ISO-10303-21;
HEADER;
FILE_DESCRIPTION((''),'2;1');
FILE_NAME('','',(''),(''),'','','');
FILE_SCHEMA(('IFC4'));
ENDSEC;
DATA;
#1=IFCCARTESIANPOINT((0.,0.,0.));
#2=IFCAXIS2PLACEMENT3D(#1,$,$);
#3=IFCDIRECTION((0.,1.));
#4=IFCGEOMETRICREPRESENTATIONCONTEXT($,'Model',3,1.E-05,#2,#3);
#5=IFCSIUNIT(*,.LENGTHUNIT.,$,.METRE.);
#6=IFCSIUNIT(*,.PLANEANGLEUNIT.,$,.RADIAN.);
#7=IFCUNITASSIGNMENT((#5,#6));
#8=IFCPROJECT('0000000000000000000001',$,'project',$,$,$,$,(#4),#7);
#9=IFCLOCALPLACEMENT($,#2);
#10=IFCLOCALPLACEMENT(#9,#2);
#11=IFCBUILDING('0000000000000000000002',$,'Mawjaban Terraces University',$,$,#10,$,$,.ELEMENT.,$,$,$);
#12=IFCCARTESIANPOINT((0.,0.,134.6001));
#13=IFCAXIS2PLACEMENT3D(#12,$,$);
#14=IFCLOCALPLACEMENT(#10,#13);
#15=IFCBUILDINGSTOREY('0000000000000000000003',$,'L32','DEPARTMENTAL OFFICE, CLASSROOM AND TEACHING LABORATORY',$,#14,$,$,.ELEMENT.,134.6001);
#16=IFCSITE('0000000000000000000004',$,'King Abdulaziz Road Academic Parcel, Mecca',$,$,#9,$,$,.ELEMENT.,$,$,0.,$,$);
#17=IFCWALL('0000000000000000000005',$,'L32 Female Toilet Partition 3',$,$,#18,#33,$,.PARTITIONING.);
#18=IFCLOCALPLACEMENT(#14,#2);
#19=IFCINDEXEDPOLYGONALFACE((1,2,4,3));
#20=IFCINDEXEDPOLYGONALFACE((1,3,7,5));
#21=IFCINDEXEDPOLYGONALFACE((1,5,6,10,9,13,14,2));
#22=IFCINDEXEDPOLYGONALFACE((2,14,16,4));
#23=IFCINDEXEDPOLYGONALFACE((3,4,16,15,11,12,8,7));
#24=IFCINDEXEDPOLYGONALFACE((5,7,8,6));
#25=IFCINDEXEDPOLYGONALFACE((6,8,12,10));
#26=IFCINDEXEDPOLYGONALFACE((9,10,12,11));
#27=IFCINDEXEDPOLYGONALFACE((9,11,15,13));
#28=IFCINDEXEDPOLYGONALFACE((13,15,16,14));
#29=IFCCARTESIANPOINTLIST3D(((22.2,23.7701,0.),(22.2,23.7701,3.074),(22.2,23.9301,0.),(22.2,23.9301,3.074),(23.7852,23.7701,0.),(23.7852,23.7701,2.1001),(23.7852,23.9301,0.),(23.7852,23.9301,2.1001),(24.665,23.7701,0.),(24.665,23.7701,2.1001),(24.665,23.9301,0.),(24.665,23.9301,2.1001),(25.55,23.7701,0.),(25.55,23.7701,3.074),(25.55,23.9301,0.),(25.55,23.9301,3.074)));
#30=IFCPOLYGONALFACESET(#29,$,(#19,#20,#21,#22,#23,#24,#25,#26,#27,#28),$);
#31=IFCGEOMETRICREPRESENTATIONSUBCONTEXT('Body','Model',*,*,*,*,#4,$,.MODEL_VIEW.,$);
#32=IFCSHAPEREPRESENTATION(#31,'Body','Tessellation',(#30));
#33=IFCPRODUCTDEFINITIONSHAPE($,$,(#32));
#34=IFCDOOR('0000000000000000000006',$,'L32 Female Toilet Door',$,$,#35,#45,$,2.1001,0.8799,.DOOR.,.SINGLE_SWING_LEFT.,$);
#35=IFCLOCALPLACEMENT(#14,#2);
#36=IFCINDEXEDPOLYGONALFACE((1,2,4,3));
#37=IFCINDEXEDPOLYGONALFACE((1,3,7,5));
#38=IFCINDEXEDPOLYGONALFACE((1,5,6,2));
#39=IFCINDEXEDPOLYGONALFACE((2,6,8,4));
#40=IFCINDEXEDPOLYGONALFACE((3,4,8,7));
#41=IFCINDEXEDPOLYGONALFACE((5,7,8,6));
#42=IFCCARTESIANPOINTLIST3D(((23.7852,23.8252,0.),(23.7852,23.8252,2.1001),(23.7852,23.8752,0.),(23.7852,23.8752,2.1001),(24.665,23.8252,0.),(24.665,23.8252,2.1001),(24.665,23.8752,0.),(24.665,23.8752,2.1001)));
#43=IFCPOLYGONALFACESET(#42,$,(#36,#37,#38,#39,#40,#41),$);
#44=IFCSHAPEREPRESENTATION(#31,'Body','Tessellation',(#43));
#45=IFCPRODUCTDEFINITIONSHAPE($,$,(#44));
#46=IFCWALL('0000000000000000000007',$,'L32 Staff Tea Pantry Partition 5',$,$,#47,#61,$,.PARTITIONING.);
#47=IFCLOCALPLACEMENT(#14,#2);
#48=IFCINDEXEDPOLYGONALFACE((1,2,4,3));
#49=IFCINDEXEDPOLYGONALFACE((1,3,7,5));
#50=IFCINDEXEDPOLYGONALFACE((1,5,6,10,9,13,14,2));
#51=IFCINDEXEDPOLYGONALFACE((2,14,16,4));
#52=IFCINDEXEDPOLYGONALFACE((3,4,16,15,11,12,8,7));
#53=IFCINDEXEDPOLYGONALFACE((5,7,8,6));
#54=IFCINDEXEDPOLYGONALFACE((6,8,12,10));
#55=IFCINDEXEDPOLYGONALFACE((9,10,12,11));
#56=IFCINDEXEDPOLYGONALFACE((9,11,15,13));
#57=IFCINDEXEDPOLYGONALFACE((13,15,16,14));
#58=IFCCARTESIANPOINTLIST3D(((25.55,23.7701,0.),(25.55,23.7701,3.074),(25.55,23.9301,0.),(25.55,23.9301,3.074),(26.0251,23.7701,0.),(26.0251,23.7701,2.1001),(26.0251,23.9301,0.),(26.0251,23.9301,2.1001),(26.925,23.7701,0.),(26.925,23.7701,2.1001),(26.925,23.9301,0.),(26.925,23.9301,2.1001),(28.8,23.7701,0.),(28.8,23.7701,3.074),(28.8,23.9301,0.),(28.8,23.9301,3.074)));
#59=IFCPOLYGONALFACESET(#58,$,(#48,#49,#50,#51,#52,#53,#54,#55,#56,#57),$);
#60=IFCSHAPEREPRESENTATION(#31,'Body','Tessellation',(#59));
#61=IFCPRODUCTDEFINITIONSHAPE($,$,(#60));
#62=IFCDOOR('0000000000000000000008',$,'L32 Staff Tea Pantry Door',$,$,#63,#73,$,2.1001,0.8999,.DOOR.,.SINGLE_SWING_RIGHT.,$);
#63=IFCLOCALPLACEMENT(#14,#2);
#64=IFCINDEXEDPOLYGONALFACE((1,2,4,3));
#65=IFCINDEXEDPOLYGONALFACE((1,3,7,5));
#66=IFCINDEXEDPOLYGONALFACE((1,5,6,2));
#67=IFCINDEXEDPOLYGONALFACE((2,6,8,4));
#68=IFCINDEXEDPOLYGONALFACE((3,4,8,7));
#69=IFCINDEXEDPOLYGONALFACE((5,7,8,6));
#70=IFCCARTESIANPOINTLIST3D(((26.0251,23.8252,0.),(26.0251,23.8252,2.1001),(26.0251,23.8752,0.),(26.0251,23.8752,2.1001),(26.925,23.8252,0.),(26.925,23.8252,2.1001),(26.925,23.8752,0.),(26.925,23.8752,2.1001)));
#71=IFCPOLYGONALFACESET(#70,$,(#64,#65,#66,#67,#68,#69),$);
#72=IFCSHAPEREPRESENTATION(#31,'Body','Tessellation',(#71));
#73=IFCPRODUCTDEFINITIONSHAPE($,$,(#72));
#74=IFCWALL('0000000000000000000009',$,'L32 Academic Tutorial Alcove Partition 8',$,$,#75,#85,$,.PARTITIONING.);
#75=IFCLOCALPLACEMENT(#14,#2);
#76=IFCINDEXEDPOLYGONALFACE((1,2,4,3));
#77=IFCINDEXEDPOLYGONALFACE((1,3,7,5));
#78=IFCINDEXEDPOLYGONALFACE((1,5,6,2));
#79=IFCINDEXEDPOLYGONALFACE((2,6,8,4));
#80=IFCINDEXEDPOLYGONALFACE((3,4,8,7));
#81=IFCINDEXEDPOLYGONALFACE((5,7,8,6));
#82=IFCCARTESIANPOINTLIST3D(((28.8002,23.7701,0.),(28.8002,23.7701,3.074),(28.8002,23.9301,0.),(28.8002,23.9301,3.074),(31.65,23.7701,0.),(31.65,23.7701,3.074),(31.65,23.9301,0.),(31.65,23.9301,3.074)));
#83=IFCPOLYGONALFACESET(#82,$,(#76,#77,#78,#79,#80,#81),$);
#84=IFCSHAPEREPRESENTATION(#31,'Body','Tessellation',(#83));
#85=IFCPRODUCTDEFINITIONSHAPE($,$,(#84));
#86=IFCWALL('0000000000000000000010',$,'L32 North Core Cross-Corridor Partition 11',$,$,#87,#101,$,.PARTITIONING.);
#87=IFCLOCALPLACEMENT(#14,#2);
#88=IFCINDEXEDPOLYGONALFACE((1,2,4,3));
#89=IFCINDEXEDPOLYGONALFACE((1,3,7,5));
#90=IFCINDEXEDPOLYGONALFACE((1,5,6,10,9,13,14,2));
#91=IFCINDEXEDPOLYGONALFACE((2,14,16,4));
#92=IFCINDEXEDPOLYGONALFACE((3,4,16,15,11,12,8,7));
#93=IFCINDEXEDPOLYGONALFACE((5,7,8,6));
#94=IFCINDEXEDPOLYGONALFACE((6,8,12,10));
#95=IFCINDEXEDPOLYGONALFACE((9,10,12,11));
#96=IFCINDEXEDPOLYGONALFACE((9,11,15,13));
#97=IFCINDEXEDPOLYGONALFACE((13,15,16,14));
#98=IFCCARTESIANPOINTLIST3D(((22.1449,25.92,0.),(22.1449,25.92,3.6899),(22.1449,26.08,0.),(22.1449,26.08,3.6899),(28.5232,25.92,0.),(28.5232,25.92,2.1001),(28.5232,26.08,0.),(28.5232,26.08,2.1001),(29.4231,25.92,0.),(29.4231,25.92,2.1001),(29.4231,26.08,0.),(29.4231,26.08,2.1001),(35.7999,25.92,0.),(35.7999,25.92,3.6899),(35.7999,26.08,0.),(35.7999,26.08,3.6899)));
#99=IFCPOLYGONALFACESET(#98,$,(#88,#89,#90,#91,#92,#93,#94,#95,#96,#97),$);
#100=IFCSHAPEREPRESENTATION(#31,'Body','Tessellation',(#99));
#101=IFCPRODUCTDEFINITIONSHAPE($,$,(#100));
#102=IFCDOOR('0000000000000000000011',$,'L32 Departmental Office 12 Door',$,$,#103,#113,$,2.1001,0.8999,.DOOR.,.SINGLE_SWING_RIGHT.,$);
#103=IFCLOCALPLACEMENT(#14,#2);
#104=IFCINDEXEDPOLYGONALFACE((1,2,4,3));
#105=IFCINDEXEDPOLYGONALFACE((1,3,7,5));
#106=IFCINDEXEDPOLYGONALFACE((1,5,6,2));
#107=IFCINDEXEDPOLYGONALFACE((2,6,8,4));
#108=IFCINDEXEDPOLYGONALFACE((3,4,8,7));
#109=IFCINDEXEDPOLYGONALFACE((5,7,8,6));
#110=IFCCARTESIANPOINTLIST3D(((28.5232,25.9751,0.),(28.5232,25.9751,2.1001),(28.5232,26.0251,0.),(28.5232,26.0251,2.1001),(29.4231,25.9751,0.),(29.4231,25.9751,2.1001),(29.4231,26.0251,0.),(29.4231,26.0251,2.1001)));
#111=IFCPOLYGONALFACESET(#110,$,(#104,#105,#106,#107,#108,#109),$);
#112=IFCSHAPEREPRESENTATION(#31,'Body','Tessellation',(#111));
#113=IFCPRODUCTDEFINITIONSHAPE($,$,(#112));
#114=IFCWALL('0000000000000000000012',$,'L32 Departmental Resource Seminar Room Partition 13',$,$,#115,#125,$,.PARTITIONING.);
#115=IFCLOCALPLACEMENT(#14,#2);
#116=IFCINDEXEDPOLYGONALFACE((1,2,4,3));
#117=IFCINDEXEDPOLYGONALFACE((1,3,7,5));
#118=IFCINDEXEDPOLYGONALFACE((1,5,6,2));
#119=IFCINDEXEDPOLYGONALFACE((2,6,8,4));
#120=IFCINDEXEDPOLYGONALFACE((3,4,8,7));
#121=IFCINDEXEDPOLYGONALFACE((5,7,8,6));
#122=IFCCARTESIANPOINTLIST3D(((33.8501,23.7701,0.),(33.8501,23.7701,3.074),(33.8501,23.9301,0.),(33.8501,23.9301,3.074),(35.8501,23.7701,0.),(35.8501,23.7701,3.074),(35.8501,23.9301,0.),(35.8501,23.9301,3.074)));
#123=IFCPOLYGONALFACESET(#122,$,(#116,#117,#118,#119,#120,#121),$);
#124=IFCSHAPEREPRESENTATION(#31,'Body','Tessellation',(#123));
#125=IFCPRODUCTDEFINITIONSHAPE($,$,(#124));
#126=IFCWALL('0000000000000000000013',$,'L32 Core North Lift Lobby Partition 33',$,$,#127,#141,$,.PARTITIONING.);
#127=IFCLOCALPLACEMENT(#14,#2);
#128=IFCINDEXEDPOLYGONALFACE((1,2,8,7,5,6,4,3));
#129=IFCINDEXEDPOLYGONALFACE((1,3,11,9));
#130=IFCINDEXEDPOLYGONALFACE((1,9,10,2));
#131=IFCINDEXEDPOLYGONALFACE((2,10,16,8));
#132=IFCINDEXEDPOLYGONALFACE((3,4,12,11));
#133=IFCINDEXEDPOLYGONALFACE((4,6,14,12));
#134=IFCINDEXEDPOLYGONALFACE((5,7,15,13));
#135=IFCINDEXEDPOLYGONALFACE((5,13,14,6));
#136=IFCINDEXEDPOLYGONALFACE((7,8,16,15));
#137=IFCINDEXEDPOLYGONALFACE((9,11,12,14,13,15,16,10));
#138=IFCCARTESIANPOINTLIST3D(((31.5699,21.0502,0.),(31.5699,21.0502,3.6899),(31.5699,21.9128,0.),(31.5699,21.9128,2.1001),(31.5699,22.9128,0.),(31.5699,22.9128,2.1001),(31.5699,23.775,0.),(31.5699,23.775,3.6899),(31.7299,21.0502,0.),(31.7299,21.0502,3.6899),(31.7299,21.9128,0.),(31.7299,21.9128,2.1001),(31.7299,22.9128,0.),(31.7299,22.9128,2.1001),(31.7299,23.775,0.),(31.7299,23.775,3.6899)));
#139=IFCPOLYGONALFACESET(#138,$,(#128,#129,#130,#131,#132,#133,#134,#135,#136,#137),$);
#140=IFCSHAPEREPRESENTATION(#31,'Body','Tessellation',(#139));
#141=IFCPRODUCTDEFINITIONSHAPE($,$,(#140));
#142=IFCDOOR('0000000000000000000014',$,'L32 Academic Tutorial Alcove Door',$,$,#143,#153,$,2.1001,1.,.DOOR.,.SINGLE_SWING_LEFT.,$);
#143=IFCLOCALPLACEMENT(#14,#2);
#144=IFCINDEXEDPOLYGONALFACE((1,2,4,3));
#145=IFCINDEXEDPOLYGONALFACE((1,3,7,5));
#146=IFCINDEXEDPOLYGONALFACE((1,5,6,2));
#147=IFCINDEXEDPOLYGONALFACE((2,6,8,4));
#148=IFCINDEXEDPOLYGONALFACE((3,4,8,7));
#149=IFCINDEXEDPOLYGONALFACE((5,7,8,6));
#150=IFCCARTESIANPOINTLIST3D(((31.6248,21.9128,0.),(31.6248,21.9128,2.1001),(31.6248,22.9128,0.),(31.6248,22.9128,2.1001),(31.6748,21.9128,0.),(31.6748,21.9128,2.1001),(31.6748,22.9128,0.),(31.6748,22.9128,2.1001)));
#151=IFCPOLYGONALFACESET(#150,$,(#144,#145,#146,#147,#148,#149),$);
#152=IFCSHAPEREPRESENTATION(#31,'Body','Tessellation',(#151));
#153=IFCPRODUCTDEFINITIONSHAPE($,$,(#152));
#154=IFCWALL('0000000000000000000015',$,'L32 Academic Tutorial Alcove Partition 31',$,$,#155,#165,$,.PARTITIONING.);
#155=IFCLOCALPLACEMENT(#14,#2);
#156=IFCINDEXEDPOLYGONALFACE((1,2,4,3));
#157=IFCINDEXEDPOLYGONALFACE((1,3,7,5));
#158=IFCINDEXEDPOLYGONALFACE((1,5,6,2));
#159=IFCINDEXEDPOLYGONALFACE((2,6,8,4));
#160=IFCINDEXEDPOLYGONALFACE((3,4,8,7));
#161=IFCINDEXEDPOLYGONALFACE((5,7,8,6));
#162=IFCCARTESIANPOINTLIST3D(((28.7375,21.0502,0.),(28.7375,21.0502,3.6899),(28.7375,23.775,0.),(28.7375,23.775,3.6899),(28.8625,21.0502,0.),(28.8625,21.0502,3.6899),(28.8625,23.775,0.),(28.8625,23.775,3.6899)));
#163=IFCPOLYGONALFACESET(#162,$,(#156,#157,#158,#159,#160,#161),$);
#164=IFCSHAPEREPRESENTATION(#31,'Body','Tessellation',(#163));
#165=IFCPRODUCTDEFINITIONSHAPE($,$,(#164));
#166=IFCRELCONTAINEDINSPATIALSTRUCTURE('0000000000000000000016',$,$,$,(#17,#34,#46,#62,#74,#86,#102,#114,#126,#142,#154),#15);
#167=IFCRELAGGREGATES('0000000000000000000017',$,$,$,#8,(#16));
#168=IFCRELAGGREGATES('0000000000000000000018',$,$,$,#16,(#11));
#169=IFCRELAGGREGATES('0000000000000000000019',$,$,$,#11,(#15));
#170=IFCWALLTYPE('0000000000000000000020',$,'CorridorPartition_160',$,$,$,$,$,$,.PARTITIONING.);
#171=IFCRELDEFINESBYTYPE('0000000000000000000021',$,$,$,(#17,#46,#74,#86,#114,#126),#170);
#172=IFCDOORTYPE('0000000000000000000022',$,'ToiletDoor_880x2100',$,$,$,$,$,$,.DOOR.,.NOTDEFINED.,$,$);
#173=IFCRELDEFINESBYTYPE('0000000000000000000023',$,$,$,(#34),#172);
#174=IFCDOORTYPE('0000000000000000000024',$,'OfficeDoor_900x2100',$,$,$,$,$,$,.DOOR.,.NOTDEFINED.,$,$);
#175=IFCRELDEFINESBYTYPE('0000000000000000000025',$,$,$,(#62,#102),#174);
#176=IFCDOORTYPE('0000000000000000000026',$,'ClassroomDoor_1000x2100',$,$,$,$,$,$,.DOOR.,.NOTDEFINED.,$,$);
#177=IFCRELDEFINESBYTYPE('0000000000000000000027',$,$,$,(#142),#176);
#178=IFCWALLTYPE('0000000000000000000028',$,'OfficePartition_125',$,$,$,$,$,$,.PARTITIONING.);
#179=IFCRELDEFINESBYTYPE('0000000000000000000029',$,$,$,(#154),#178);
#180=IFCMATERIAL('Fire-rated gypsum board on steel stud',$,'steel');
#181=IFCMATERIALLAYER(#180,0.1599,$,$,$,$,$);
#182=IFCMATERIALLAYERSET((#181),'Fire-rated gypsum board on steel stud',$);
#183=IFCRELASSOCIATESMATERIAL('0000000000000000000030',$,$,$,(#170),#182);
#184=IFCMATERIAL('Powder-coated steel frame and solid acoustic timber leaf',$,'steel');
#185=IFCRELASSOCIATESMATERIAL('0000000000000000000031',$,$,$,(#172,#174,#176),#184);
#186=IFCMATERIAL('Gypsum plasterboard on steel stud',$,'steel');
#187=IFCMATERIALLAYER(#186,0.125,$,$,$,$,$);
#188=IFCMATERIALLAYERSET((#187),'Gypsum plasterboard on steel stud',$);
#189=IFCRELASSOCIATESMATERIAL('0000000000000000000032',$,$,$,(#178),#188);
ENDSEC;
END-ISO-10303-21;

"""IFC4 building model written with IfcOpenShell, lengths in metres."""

from ifc_helpers import new_model, si_unit, direction, frame, frame_2d, origin, place, context, subcontext, project, spatial, rectangle, extrude, material, layer, layer_set, type_object, element, fill, save


model = new_model("IFC4")

# Units and contexts
model_context = context("Model", 3, precision=1e-05, world=origin(), true_north=direction((0.0, 1.0)))
body_context = subcontext(model_context, "Body", "Model", "MODEL_VIEW")
ifc_project = project(units=[si_unit("LENGTHUNIT", "METRE"), si_unit("PLANEANGLEUNIT", "RADIAN")], contexts=[model_context])

# Site, building, storey
site_placement = place(None, origin())
site = spatial("IfcSite", under=ifc_project, at=site_placement, Name="King Abdulaziz Road Academic Parcel, Mecca", CompositionType="ELEMENT", RefElevation=0.0)
building_placement = place(site_placement, origin())
building = spatial("IfcBuilding", under=site, at=building_placement, Name="Mawjaban Terraces University", CompositionType="ELEMENT")
storey_placement = place(building_placement, frame((0.0, 0.0, 134.6001)))
storey = spatial("IfcBuildingStorey", under=building, at=storey_placement, Name="L32", Description="DEPARTMENTAL OFFICE, CLASSROOM AND TEACHING LABORATORY", CompositionType="ELEMENT", Elevation=134.6001)

# Walls, openings, doors
ifc_material_1 = material(Name="Fire-rated gypsum board on steel stud", Category="steel")
ifc_layer_1 = layer(ifc_material_1, 0.1599)
ifc_layer_set_1 = layer_set([ifc_layer_1], Name="Fire-rated gypsum board on steel stud")
wall_type_1 = type_object("IfcWallType", Name="CorridorPartition_160", PredefinedType="PARTITIONING", material=ifc_layer_set_1)
wall_1_placement = place(storey_placement, frame((25.55, 23.8501, 0.0), z_axis=(0.0, 0.0, 1.0), x_axis=(-1.0, 0.0, 0.0)))
wall_1 = element("IfcWall", 1, at=wall_1_placement, inside=storey, type_object=wall_type_1, Name="L32 Female Toilet Partition 3", PredefinedType="PARTITIONING", context=body_context, shape_type="SweptSolid", body=[
    extrude(rectangle(XDim=3.3501, YDim=0.1599, at=frame_2d((1.675, 0.0))), origin(), (0.0, 0.0, 1.0), 3.074),
])
opening_1_placement = place(wall_1_placement, frame((0.885, 0.0, 0.0)))
opening_1 = element("IfcOpeningElement", 2, at=opening_1_placement, cuts=wall_1, PredefinedType="OPENING", context=body_context, shape_type="SweptSolid", body=[
    extrude(rectangle(XDim=0.8799, YDim=2.1001, at=frame_2d((0.4399, 1.05))), frame((0.0, 0.0898, 0.0), z_axis=(0.0, -1.0, 0.0), x_axis=(1.0, 0.0, 0.0)), (0.0, 0.0, 1.0), 0.1799),
])
ifc_material_2 = material(Name="Powder-coated steel frame and solid acoustic timber leaf", Category="steel")
door_type_1 = type_object("IfcDoorType", Name="ToiletDoor_880x2100", OperationType="NOTDEFINED", PredefinedType="DOOR", material=ifc_material_2)
door_1_placement = place(opening_1_placement, origin())
door_1 = element("IfcDoor", 3, at=door_1_placement, inside=storey, type_object=door_type_1, Name="L32 Female Toilet Door", OperationType="SINGLE_SWING_LEFT", OverallHeight=2.1001, OverallWidth=0.8799, PredefinedType="DOOR", context=body_context, shape_type="SweptSolid", body=[
    extrude(rectangle(XDim=0.8799, YDim=2.1001, at=frame_2d((0.4399, 1.05))), frame((0.0, 0.0249, 0.0), z_axis=(0.0, -1.0, 0.0), x_axis=(1.0, 0.0, 0.0)), (0.0, 0.0, 1.0), 0.05),
])
fill(opening_1, door_1)
wall_2_placement = place(storey_placement, frame((28.8, 23.8501, 0.0), z_axis=(0.0, 0.0, 1.0), x_axis=(-1.0, 0.0, 0.0)))
wall_2 = element("IfcWall", 4, at=wall_2_placement, inside=storey, type_object=wall_type_1, Name="L32 Staff Tea Pantry Partition 5", PredefinedType="PARTITIONING", context=body_context, shape_type="SweptSolid", body=[
    extrude(rectangle(XDim=3.25, YDim=0.1599, at=frame_2d((1.625, 0.0))), origin(), (0.0, 0.0, 1.0), 3.074),
])
opening_2_placement = place(wall_2_placement, frame((1.875, 0.0, 0.0)))
opening_2 = element("IfcOpeningElement", 5, at=opening_2_placement, cuts=wall_2, PredefinedType="OPENING", context=body_context, shape_type="SweptSolid", body=[
    extrude(rectangle(XDim=0.8999, YDim=2.1001, at=frame_2d((0.45, 1.05))), frame((0.0, 0.0898, 0.0), z_axis=(0.0, -1.0, 0.0), x_axis=(1.0, 0.0, 0.0)), (0.0, 0.0, 1.0), 0.1799),
])
door_type_2 = type_object("IfcDoorType", Name="OfficeDoor_900x2100", OperationType="NOTDEFINED", PredefinedType="DOOR", material=ifc_material_2)
door_2_placement = place(opening_2_placement, origin())
door_2 = element("IfcDoor", 6, at=door_2_placement, inside=storey, type_object=door_type_2, Name="L32 Staff Tea Pantry Door", OperationType="SINGLE_SWING_RIGHT", OverallHeight=2.1001, OverallWidth=0.8999, PredefinedType="DOOR", context=body_context, shape_type="SweptSolid", body=[
    extrude(rectangle(XDim=0.8999, YDim=2.1001, at=frame_2d((0.45, 1.05))), frame((0.0, 0.0249, 0.0), z_axis=(0.0, -1.0, 0.0), x_axis=(1.0, 0.0, 0.0)), (0.0, 0.0, 1.0), 0.05),
])
fill(opening_2, door_2)

# Wall
wall_3_placement = place(storey_placement, frame((31.6499, 23.8501, 0.0), z_axis=(0.0, 0.0, 1.0), x_axis=(-1.0, 0.0, 0.0)))
element("IfcWall", 7, at=wall_3_placement, inside=storey, type_object=wall_type_1, Name="L32 Academic Tutorial Alcove Partition 8", PredefinedType="PARTITIONING", context=body_context, shape_type="SweptSolid", body=[
    extrude(rectangle(XDim=2.8499, YDim=0.1599, at=frame_2d((1.4248, 0.0))), origin(), (0.0, 0.0, 1.0), 3.074),
])

# Wall, opening, door
wall_4_placement = place(storey_placement, frame((35.8, 26.0, 0.0), z_axis=(0.0, 0.0, 1.0), x_axis=(-1.0, 0.0, 0.0)))
wall_4 = element("IfcWall", 8, at=wall_4_placement, inside=storey, type_object=wall_type_1, Name="L32 North Core Cross-Corridor Partition 11", PredefinedType="PARTITIONING", context=body_context, shape_type="SweptSolid", body=[
    extrude(rectangle(XDim=13.655, YDim=0.1599, at=frame_2d((6.8276, 0.0))), origin(), (0.0, 0.0, 1.0), 3.6899),
])
opening_3_placement = place(wall_4_placement, frame((6.377, 0.0, 0.0)))
opening_3 = element("IfcOpeningElement", 9, at=opening_3_placement, cuts=wall_4, PredefinedType="OPENING", context=body_context, shape_type="SweptSolid", body=[
    extrude(rectangle(XDim=0.8999, YDim=2.1001, at=frame_2d((0.45, 1.05))), frame((0.0, 0.0898, 0.0), z_axis=(0.0, -1.0, 0.0), x_axis=(1.0, 0.0, 0.0)), (0.0, 0.0, 1.0), 0.1799),
])
door_3_placement = place(opening_3_placement, origin())
door_3 = element("IfcDoor", 10, at=door_3_placement, inside=storey, type_object=door_type_2, Name="L32 Departmental Office 12 Door", OperationType="SINGLE_SWING_RIGHT", OverallHeight=2.1001, OverallWidth=0.8999, PredefinedType="DOOR", context=body_context, shape_type="SweptSolid", body=[
    extrude(rectangle(XDim=0.8999, YDim=2.1001, at=frame_2d((0.45, 1.05))), frame((0.0, 0.0249, 0.0), z_axis=(0.0, -1.0, 0.0), x_axis=(1.0, 0.0, 0.0)), (0.0, 0.0, 1.0), 0.05),
])
fill(opening_3, door_3)

# Wall
wall_5_placement = place(storey_placement, frame((35.8501, 23.8501, 0.0), z_axis=(0.0, 0.0, 1.0), x_axis=(-1.0, 0.0, 0.0)))
element("IfcWall", 11, at=wall_5_placement, inside=storey, type_object=wall_type_1, Name="L32 Departmental Resource Seminar Room Partition 13", PredefinedType="PARTITIONING", context=body_context, shape_type="SweptSolid", body=[
    extrude(rectangle(XDim=2.0, YDim=0.1599, at=frame_2d((1.0, 0.0))), origin(), (0.0, 0.0, 1.0), 3.074),
])

# Wall, opening, door
wall_6_placement = place(storey_placement, frame((31.6499, 23.7749, 0.0), z_axis=(0.0, 0.0, 1.0), x_axis=(0.0, -1.0, 0.0)))
wall_6 = element("IfcWall", 12, at=wall_6_placement, inside=storey, type_object=wall_type_1, Name="L32 Core North Lift Lobby Partition 33", PredefinedType="PARTITIONING", context=body_context, shape_type="SweptSolid", body=[
    extrude(rectangle(XDim=2.7249, YDim=0.1599, at=frame_2d((1.3623, 0.0))), origin(), (0.0, 0.0, 1.0), 3.6899),
])
opening_4_placement = place(wall_6_placement, frame((0.8621, 0.0, 0.0)))
opening_4 = element("IfcOpeningElement", 13, at=opening_4_placement, cuts=wall_6, PredefinedType="OPENING", context=body_context, shape_type="SweptSolid", body=[
    extrude(rectangle(XDim=1.0, YDim=2.1001, at=frame_2d((0.5, 1.05))), frame((0.0, 0.0898, 0.0), z_axis=(0.0, -1.0, 0.0), x_axis=(1.0, 0.0, 0.0)), (0.0, 0.0, 1.0), 0.1799),
])
door_type_3 = type_object("IfcDoorType", Name="ClassroomDoor_1000x2100", OperationType="NOTDEFINED", PredefinedType="DOOR", material=ifc_material_2)
door_4_placement = place(opening_4_placement, origin())
door_4 = element("IfcDoor", 14, at=door_4_placement, inside=storey, type_object=door_type_3, Name="L32 Academic Tutorial Alcove Door", OperationType="SINGLE_SWING_LEFT", OverallHeight=2.1001, OverallWidth=1.0, PredefinedType="DOOR", context=body_context, shape_type="SweptSolid", body=[
    extrude(rectangle(XDim=1.0, YDim=2.1001, at=frame_2d((0.5, 1.05))), frame((0.0, 0.0249, 0.0), z_axis=(0.0, -1.0, 0.0), x_axis=(1.0, 0.0, 0.0)), (0.0, 0.0, 1.0), 0.05),
])
fill(opening_4, door_4)

# Wall
ifc_material_3 = material(Name="Gypsum plasterboard on steel stud", Category="steel")
ifc_layer_2 = layer(ifc_material_3, 0.125)
ifc_layer_set_2 = layer_set([ifc_layer_2], Name="Gypsum plasterboard on steel stud")
wall_type_2 = type_object("IfcWallType", Name="OfficePartition_125", PredefinedType="PARTITIONING", material=ifc_layer_set_2)
wall_7_placement = place(storey_placement, frame((28.8, 23.7749, 0.0), z_axis=(0.0, 0.0, 1.0), x_axis=(0.0, -1.0, 0.0)))
element("IfcWall", 15, at=wall_7_placement, inside=storey, type_object=wall_type_2, Name="L32 Academic Tutorial Alcove Partition 31", PredefinedType="PARTITIONING", context=body_context, shape_type="SweptSolid", body=[
    extrude(rectangle(XDim=2.7249, YDim=0.125, at=frame_2d((1.3623, 0.0))), origin(), (0.0, 0.0, 1.0), 3.6899),
])

save(model, "model.ifc")
